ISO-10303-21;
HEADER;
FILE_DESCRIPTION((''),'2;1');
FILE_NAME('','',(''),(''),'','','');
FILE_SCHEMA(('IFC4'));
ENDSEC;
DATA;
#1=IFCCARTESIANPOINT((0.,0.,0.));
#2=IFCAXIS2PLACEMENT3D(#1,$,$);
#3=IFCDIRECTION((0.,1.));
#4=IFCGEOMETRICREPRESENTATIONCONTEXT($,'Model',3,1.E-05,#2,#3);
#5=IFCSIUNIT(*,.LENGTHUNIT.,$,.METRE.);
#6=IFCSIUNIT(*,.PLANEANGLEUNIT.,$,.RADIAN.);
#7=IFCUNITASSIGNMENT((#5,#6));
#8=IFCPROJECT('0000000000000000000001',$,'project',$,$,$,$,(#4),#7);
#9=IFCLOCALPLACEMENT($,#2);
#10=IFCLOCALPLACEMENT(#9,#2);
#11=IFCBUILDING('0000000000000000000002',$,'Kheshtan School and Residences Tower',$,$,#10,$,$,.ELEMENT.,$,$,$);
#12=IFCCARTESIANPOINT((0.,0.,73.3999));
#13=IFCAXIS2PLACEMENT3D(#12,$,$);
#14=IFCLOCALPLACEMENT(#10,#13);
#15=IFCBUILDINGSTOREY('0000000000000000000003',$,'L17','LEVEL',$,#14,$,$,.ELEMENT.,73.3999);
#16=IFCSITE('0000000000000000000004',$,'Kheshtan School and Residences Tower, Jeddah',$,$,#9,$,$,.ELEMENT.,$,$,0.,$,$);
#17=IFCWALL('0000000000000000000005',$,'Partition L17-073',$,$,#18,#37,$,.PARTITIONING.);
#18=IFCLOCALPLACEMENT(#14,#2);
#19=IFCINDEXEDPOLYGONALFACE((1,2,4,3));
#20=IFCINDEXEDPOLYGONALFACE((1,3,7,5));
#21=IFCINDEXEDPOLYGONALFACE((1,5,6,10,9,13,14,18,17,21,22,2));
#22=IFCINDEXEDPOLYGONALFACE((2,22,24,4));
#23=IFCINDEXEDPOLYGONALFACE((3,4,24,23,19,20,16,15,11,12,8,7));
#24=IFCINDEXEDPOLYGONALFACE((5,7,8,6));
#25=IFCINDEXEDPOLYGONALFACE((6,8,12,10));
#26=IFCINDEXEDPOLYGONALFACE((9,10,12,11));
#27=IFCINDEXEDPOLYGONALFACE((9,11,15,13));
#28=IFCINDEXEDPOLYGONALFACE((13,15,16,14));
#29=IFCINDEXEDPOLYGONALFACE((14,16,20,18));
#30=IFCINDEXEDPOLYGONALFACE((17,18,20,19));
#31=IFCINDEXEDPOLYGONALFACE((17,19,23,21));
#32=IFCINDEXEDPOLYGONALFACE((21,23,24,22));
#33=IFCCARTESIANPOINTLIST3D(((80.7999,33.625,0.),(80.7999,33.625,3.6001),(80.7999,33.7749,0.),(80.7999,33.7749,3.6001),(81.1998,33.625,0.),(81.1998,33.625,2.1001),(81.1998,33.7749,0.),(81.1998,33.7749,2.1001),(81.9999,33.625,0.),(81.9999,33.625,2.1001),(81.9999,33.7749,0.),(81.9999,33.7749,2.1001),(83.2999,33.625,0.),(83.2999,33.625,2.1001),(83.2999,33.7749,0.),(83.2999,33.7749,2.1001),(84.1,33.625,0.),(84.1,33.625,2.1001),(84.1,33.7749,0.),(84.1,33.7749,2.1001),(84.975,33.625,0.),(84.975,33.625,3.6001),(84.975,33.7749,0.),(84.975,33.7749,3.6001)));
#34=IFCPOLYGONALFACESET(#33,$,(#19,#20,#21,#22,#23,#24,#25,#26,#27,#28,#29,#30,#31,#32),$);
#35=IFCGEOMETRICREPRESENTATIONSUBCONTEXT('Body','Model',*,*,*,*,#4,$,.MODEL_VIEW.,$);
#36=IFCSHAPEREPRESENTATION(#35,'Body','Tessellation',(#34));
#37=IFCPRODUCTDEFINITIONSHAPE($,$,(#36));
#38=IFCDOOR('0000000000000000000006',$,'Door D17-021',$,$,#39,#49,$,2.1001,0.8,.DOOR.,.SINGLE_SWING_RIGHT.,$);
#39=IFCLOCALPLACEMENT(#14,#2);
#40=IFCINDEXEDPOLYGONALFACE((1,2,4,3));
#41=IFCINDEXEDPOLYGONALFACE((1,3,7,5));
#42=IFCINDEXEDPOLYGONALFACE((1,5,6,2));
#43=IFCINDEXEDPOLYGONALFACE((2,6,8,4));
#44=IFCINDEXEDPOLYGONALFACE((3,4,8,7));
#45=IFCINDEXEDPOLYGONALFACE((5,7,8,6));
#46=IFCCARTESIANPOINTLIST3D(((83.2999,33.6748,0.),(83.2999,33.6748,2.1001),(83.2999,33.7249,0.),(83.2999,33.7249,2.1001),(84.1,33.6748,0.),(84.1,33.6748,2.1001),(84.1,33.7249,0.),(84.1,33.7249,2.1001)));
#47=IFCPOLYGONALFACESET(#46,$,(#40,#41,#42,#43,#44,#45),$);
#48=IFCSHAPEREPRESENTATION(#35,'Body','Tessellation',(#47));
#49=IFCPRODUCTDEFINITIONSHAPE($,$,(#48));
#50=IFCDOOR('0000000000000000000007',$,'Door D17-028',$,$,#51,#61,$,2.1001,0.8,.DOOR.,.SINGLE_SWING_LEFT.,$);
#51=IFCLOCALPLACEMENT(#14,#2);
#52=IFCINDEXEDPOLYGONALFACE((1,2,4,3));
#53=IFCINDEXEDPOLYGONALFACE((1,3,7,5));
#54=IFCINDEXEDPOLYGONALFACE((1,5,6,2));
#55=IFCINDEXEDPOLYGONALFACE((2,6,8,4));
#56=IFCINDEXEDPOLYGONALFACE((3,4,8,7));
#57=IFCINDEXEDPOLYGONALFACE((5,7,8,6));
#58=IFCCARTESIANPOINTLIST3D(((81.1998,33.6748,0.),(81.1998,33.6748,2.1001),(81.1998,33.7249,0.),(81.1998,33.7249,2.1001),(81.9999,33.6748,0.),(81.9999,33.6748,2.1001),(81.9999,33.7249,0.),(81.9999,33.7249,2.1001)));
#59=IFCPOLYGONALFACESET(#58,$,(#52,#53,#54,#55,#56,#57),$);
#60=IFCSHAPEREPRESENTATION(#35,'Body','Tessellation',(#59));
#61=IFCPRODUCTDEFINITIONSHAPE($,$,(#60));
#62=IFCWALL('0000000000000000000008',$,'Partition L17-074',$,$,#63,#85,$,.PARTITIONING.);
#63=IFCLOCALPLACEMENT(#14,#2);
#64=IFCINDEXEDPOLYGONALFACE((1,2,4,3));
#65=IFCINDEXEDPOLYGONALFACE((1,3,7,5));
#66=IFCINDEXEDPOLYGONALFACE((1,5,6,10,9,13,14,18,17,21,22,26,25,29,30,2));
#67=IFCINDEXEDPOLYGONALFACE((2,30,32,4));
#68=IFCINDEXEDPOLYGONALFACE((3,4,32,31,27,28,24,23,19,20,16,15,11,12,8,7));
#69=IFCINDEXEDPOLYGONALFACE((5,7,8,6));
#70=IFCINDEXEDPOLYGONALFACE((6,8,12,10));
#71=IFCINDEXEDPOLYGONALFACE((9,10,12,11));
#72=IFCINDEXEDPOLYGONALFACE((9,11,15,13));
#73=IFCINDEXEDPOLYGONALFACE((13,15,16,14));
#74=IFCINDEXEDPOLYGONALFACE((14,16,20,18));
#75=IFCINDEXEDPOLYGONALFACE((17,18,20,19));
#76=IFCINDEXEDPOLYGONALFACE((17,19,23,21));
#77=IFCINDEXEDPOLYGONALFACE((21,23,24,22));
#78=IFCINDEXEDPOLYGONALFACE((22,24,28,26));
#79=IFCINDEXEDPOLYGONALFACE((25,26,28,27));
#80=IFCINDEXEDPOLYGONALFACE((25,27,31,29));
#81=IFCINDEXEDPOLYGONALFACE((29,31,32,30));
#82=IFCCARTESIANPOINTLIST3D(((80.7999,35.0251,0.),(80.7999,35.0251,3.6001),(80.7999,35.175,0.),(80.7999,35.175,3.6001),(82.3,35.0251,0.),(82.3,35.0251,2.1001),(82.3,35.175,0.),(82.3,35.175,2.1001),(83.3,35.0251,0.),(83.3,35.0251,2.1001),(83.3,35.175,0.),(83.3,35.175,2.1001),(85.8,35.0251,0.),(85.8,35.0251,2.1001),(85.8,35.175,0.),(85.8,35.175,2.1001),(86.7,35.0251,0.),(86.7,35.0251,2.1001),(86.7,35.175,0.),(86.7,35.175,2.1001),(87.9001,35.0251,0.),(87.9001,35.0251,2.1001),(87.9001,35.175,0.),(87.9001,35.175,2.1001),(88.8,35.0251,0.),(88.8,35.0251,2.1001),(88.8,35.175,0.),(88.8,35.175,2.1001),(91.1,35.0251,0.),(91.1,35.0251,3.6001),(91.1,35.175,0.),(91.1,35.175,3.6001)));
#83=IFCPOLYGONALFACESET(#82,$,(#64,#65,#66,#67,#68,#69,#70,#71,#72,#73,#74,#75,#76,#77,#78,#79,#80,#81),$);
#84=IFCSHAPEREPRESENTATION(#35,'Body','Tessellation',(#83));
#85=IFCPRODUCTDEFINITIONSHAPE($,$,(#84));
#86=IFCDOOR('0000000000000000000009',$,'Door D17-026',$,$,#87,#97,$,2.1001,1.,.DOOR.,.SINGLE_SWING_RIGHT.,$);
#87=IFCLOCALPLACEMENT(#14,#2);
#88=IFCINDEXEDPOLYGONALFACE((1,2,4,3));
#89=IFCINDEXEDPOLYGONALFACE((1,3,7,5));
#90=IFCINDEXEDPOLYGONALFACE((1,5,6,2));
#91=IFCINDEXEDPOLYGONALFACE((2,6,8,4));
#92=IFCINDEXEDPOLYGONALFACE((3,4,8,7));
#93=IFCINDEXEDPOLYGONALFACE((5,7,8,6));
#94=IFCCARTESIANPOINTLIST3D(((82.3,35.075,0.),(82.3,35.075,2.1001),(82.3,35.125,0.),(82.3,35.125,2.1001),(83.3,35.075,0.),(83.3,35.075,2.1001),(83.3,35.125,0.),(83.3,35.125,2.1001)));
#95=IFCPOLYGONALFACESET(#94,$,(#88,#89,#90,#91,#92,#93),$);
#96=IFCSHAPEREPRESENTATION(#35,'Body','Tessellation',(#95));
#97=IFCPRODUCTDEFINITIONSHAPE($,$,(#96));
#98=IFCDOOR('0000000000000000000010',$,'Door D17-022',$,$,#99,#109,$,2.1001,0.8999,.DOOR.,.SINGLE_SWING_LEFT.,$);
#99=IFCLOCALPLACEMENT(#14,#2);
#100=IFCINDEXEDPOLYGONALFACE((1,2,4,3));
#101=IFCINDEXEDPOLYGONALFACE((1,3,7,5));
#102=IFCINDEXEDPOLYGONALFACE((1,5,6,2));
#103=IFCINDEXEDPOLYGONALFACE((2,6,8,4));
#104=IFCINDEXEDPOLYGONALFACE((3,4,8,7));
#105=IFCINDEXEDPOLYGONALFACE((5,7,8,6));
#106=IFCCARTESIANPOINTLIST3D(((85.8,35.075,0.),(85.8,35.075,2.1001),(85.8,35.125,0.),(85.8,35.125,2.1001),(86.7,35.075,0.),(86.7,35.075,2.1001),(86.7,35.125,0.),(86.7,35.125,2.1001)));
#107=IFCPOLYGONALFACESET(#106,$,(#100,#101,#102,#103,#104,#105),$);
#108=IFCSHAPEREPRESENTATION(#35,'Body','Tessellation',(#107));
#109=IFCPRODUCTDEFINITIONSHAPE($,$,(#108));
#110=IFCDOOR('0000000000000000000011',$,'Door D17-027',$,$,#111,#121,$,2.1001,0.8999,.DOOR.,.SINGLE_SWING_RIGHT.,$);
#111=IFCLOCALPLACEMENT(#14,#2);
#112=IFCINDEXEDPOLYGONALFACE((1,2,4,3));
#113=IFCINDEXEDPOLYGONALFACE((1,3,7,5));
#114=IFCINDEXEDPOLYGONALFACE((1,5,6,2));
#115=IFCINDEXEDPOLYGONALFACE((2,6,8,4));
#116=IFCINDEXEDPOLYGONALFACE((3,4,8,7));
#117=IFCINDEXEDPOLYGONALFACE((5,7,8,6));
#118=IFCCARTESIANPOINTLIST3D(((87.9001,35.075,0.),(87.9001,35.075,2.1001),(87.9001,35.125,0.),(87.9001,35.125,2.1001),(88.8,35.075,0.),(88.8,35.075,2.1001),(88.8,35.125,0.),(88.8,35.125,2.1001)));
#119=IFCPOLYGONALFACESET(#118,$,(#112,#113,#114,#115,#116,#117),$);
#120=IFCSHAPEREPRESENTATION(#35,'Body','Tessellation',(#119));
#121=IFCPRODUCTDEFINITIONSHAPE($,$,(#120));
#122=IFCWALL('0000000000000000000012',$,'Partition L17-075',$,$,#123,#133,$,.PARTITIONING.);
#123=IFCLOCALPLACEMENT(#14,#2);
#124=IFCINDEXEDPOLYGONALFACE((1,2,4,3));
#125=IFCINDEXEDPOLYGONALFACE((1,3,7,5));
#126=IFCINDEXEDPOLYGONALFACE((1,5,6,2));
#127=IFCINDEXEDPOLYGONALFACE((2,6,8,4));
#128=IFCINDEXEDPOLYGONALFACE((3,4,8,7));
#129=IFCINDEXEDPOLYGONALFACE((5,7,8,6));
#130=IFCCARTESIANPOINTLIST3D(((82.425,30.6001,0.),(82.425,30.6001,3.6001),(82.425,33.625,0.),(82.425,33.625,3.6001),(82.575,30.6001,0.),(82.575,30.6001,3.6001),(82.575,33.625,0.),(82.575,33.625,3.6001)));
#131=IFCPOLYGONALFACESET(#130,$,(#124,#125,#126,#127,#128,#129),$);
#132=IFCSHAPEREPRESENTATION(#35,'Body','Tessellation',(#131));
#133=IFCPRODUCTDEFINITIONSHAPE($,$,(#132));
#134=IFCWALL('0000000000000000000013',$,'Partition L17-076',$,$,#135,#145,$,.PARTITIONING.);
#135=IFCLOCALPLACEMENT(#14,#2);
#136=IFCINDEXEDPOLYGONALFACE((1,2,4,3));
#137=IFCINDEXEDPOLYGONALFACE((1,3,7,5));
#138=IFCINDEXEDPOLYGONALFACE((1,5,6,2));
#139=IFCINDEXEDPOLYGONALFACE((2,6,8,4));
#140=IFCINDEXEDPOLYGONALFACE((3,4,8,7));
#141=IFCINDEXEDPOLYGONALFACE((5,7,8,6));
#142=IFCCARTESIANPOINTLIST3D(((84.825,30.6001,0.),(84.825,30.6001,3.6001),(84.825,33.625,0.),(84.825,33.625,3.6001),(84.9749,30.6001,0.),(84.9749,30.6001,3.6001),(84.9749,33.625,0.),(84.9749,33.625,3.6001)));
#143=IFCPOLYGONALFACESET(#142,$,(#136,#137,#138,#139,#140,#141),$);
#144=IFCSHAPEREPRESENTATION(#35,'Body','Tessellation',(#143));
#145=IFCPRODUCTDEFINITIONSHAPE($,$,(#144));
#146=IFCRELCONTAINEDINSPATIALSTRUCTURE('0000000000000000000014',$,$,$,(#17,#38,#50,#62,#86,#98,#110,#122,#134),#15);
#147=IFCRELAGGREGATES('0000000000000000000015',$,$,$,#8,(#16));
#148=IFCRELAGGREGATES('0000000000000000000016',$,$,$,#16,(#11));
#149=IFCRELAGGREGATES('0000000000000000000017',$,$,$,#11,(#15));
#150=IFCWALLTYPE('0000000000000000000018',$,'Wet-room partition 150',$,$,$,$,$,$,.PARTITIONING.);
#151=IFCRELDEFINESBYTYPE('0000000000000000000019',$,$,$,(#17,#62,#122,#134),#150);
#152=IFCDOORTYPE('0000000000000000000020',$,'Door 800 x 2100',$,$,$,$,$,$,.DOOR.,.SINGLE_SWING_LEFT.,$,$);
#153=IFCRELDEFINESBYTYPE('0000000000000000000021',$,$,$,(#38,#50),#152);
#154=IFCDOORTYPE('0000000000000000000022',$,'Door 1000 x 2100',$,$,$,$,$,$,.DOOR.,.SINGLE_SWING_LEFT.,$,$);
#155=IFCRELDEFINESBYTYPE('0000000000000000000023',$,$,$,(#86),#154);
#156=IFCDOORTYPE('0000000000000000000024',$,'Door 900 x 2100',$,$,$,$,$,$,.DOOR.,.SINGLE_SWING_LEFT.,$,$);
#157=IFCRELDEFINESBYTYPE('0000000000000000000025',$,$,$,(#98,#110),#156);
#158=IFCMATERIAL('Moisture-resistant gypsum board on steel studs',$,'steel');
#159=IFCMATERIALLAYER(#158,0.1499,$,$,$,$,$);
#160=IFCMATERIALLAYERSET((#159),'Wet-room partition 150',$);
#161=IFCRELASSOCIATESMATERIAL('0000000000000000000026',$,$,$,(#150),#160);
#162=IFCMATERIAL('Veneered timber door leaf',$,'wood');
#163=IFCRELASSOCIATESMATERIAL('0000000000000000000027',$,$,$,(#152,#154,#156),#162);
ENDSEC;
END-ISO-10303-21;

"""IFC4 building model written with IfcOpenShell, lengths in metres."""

from ifc_helpers import new_model, si_unit, direction, frame, frame_2d, origin, place, context, subcontext, project, spatial, rectangle, extrude, source, transform, mapped, material, layer, layer_set, type_object, element, fill, save


model = new_model("IFC4")

# Units and contexts
model_context = context("Model", 3, precision=1e-05, world=origin(), true_north=direction((0.0, 1.0)))
body_context = subcontext(model_context, "Body", "Model", "MODEL_VIEW")
ifc_project = project(units=[si_unit("LENGTHUNIT", "METRE"), si_unit("PLANEANGLEUNIT", "RADIAN")], contexts=[model_context])

# Site, building, storey
site_placement = place(None, origin())
site = spatial("IfcSite", under=ifc_project, at=site_placement, Name="Kheshtan School and Residences Tower, Jeddah", CompositionType="ELEMENT", RefElevation=0.0)
building_placement = place(site_placement, origin())
building = spatial("IfcBuilding", under=site, at=building_placement, Name="Kheshtan School and Residences Tower", CompositionType="ELEMENT")
storey_placement = place(building_placement, frame((0.0, 0.0, 73.3999)))
storey = spatial("IfcBuildingStorey", under=building, at=storey_placement, Name="L17", Description="LEVEL", CompositionType="ELEMENT", Elevation=73.3999)

# Shared definitions
ifc_material_1 = material(Name="Moisture-resistant gypsum board on steel studs", Category="steel")
ifc_layer_1 = layer(ifc_material_1, 0.1499)
ifc_layer_set_1 = layer_set([ifc_layer_1], Name="Wet-room partition 150")
wall_type_1 = type_object("IfcWallType", Name="Wet-room partition 150", PredefinedType="PARTITIONING", material=ifc_layer_set_1)

# Walls, openings, doors
wall_1_placement = place(storey_placement, frame((80.8, 33.7, 0.0), z_axis=(0.0, 0.0, 1.0), x_axis=(1.0, 0.0, 0.0)))
wall_1 = element("IfcWall", 1, at=wall_1_placement, inside=storey, type_object=wall_type_1, Name="Partition L17-073", PredefinedType="PARTITIONING", context=body_context, shape_type="SweptSolid", body=[
    extrude(rectangle(XDim=4.175, YDim=0.1499, at=frame_2d((2.0874, 0.0))), origin(), (0.0, 0.0, 1.0), 3.6001),
])
opening_1_placement = place(wall_1_placement, frame((2.5, 0.0, 0.0)))
opening_1 = element("IfcOpeningElement", 2, at=opening_1_placement, cuts=wall_1, PredefinedType="OPENING", context=body_context, shape_type="SweptSolid", body=[
    extrude(rectangle(XDim=0.8, YDim=2.1001, at=frame_2d((0.3999, 1.05))), frame((0.0, 0.085, 0.0), z_axis=(0.0, -1.0, 0.0), x_axis=(1.0, 0.0, 0.0)), (0.0, 0.0, 1.0), 0.1699),
])
opening_2_placement = place(wall_1_placement, frame((0.3999, 0.0, 0.0)))
opening_2 = element("IfcOpeningElement", 3, at=opening_2_placement, cuts=wall_1, PredefinedType="OPENING", context=body_context, shape_type="SweptSolid", body=[
    extrude(rectangle(XDim=0.8, YDim=2.1001, at=frame_2d((0.3999, 1.05))), frame((0.0, 0.085, 0.0), z_axis=(0.0, -1.0, 0.0), x_axis=(1.0, 0.0, 0.0)), (0.0, 0.0, 1.0), 0.1699),
])
ifc_material_2 = material(Name="Veneered timber door leaf", Category="wood")
door_type_1 = type_object("IfcDoorType", Name="Door 800 x 2100", OperationType="SINGLE_SWING_LEFT", PredefinedType="DOOR", material=ifc_material_2)
shared_shape_1 = source(origin(), body_context, "Body", "SweptSolid", [
    extrude(rectangle(XDim=0.8, YDim=2.1001, at=frame_2d((0.3999, 1.05))), frame((0.0, 0.0249, 0.0), z_axis=(0.0, -1.0, 0.0), x_axis=(1.0, 0.0, 0.0)), (0.0, 0.0, 1.0), 0.05),
])
door_1_placement = place(opening_1_placement, origin())
door_1 = element("IfcDoor", 4, at=door_1_placement, inside=storey, type_object=door_type_1, Name="Door D17-021", OperationType="SINGLE_SWING_RIGHT", OverallHeight=2.1001, OverallWidth=0.8, PredefinedType="DOOR", context=body_context, shape_type="MappedRepresentation", body=[
    mapped(shared_shape_1, transform((0.0, 0.0, 0.0), x_axis=(1.0, 0.0, 0.0), y_axis=(0.0, 1.0, 0.0), z_axis=(0.0, 0.0, 1.0), scale=1.0)),
])
fill(opening_1, door_1)
door_2_placement = place(opening_2_placement, origin())
door_2 = element("IfcDoor", 5, at=door_2_placement, inside=storey, type_object=door_type_1, Name="Door D17-028", OperationType="SINGLE_SWING_LEFT", OverallHeight=2.1001, OverallWidth=0.8, PredefinedType="DOOR", context=body_context, shape_type="MappedRepresentation", body=[
    mapped(shared_shape_1, transform((0.0, 0.0, 0.0), x_axis=(1.0, 0.0, 0.0), y_axis=(0.0, 1.0, 0.0), z_axis=(0.0, 0.0, 1.0), scale=1.0)),
])
fill(opening_2, door_2)
wall_2_placement = place(storey_placement, frame((80.8, 35.1001, 0.0), z_axis=(0.0, 0.0, 1.0), x_axis=(1.0, 0.0, 0.0)))
wall_2 = element("IfcWall", 6, at=wall_2_placement, inside=storey, type_object=wall_type_1, Name="Partition L17-074", PredefinedType="PARTITIONING", context=body_context, shape_type="SweptSolid", body=[
    extrude(rectangle(XDim=10.3, YDim=0.1499, at=frame_2d((5.1499, 0.0))), origin(), (0.0, 0.0, 1.0), 3.6001),
])
opening_3_placement = place(wall_2_placement, frame((5.0, 0.0, 0.0)))
opening_3 = element("IfcOpeningElement", 7, at=opening_3_placement, cuts=wall_2, PredefinedType="OPENING", context=body_context, shape_type="SweptSolid", body=[
    extrude(rectangle(XDim=0.8999, YDim=2.1001, at=frame_2d((0.45, 1.05))), frame((0.0, 0.085, 0.0), z_axis=(0.0, -1.0, 0.0), x_axis=(1.0, 0.0, 0.0)), (0.0, 0.0, 1.0), 0.1699),
])
opening_4_placement = place(wall_2_placement, frame((1.5, 0.0, 0.0)))
opening_4 = element("IfcOpeningElement", 8, at=opening_4_placement, cuts=wall_2, PredefinedType="OPENING", context=body_context, shape_type="SweptSolid", body=[
    extrude(rectangle(XDim=1.0, YDim=2.1001, at=frame_2d((0.5, 1.05))), frame((0.0, 0.085, 0.0), z_axis=(0.0, -1.0, 0.0), x_axis=(1.0, 0.0, 0.0)), (0.0, 0.0, 1.0), 0.1699),
])
opening_5_placement = place(wall_2_placement, frame((7.1001, 0.0, 0.0)))
opening_5 = element("IfcOpeningElement", 9, at=opening_5_placement, cuts=wall_2, PredefinedType="OPENING", context=body_context, shape_type="SweptSolid", body=[
    extrude(rectangle(XDim=0.8999, YDim=2.1001, at=frame_2d((0.45, 1.05))), frame((0.0, 0.085, 0.0), z_axis=(0.0, -1.0, 0.0), x_axis=(1.0, 0.0, 0.0)), (0.0, 0.0, 1.0), 0.1699),
])
door_type_2 = type_object("IfcDoorType", Name="Door 1000 x 2100", OperationType="SINGLE_SWING_LEFT", PredefinedType="DOOR", material=ifc_material_2)
shared_shape_2 = source(origin(), body_context, "Body", "SweptSolid", [
    extrude(rectangle(XDim=1.0, YDim=2.1001, at=frame_2d((0.5, 1.05))), frame((0.0, 0.0249, 0.0), z_axis=(0.0, -1.0, 0.0), x_axis=(1.0, 0.0, 0.0)), (0.0, 0.0, 1.0), 0.05),
])
door_3_placement = place(opening_4_placement, origin())
door_3 = element("IfcDoor", 10, at=door_3_placement, inside=storey, type_object=door_type_2, Name="Door D17-026", OperationType="SINGLE_SWING_RIGHT", OverallHeight=2.1001, OverallWidth=1.0, PredefinedType="DOOR", context=body_context, shape_type="MappedRepresentation", body=[
    mapped(shared_shape_2, transform((0.0, 0.0, 0.0), x_axis=(1.0, 0.0, 0.0), y_axis=(0.0, 1.0, 0.0), z_axis=(0.0, 0.0, 1.0), scale=1.0)),
])
fill(opening_4, door_3)
door_type_3 = type_object("IfcDoorType", Name="Door 900 x 2100", OperationType="SINGLE_SWING_LEFT", PredefinedType="DOOR", material=ifc_material_2)
shared_shape_3 = source(origin(), body_context, "Body", "SweptSolid", [
    extrude(rectangle(XDim=0.8999, YDim=2.1001, at=frame_2d((0.45, 1.05))), frame((0.0, 0.0249, 0.0), z_axis=(0.0, -1.0, 0.0), x_axis=(1.0, 0.0, 0.0)), (0.0, 0.0, 1.0), 0.05),
])
door_4_placement = place(opening_3_placement, origin())
door_4 = element("IfcDoor", 11, at=door_4_placement, inside=storey, type_object=door_type_3, Name="Door D17-022", OperationType="SINGLE_SWING_LEFT", OverallHeight=2.1001, OverallWidth=0.8999, PredefinedType="DOOR", context=body_context, shape_type="MappedRepresentation", body=[
    mapped(shared_shape_3, transform((0.0, 0.0, 0.0), x_axis=(1.0, 0.0, 0.0), y_axis=(0.0, 1.0, 0.0), z_axis=(0.0, 0.0, 1.0), scale=1.0)),
])
fill(opening_3, door_4)
door_5_placement = place(opening_5_placement, origin())
door_5 = element("IfcDoor", 12, at=door_5_placement, inside=storey, type_object=door_type_3, Name="Door D17-027", OperationType="SINGLE_SWING_RIGHT", OverallHeight=2.1001, OverallWidth=0.8999, PredefinedType="DOOR", context=body_context, shape_type="MappedRepresentation", body=[
    mapped(shared_shape_3, transform((0.0, 0.0, 0.0), x_axis=(1.0, 0.0, 0.0), y_axis=(0.0, 1.0, 0.0), z_axis=(0.0, 0.0, 1.0), scale=1.0)),
])
fill(opening_5, door_5)

# Walls
for number, where, z_axis, x_axis, name in (
    (13, (82.5, 30.6001, 0.0), (0.0, 0.0, 1.0), (0.0, 1.0, 0.0), "Partition L17-075"),
    (14, (84.8999, 30.6001, 0.0), (0.0, 0.0, 1.0), (0.0, 1.0, 0.0), "Partition L17-076"),
):
    element("IfcWall", number, at=place(storey_placement, frame(where, z_axis=z_axis, x_axis=x_axis)), inside=storey, type_object=wall_type_1, Name=name, PredefinedType="PARTITIONING", context=body_context, shape_type="SweptSolid", body=[
        extrude(rectangle(XDim=3.0249, YDim=0.1499, at=frame_2d((1.5125, 0.0))), origin(), (0.0, 0.0, 1.0), 3.6001),
    ])

save(model, "model.ifc")
